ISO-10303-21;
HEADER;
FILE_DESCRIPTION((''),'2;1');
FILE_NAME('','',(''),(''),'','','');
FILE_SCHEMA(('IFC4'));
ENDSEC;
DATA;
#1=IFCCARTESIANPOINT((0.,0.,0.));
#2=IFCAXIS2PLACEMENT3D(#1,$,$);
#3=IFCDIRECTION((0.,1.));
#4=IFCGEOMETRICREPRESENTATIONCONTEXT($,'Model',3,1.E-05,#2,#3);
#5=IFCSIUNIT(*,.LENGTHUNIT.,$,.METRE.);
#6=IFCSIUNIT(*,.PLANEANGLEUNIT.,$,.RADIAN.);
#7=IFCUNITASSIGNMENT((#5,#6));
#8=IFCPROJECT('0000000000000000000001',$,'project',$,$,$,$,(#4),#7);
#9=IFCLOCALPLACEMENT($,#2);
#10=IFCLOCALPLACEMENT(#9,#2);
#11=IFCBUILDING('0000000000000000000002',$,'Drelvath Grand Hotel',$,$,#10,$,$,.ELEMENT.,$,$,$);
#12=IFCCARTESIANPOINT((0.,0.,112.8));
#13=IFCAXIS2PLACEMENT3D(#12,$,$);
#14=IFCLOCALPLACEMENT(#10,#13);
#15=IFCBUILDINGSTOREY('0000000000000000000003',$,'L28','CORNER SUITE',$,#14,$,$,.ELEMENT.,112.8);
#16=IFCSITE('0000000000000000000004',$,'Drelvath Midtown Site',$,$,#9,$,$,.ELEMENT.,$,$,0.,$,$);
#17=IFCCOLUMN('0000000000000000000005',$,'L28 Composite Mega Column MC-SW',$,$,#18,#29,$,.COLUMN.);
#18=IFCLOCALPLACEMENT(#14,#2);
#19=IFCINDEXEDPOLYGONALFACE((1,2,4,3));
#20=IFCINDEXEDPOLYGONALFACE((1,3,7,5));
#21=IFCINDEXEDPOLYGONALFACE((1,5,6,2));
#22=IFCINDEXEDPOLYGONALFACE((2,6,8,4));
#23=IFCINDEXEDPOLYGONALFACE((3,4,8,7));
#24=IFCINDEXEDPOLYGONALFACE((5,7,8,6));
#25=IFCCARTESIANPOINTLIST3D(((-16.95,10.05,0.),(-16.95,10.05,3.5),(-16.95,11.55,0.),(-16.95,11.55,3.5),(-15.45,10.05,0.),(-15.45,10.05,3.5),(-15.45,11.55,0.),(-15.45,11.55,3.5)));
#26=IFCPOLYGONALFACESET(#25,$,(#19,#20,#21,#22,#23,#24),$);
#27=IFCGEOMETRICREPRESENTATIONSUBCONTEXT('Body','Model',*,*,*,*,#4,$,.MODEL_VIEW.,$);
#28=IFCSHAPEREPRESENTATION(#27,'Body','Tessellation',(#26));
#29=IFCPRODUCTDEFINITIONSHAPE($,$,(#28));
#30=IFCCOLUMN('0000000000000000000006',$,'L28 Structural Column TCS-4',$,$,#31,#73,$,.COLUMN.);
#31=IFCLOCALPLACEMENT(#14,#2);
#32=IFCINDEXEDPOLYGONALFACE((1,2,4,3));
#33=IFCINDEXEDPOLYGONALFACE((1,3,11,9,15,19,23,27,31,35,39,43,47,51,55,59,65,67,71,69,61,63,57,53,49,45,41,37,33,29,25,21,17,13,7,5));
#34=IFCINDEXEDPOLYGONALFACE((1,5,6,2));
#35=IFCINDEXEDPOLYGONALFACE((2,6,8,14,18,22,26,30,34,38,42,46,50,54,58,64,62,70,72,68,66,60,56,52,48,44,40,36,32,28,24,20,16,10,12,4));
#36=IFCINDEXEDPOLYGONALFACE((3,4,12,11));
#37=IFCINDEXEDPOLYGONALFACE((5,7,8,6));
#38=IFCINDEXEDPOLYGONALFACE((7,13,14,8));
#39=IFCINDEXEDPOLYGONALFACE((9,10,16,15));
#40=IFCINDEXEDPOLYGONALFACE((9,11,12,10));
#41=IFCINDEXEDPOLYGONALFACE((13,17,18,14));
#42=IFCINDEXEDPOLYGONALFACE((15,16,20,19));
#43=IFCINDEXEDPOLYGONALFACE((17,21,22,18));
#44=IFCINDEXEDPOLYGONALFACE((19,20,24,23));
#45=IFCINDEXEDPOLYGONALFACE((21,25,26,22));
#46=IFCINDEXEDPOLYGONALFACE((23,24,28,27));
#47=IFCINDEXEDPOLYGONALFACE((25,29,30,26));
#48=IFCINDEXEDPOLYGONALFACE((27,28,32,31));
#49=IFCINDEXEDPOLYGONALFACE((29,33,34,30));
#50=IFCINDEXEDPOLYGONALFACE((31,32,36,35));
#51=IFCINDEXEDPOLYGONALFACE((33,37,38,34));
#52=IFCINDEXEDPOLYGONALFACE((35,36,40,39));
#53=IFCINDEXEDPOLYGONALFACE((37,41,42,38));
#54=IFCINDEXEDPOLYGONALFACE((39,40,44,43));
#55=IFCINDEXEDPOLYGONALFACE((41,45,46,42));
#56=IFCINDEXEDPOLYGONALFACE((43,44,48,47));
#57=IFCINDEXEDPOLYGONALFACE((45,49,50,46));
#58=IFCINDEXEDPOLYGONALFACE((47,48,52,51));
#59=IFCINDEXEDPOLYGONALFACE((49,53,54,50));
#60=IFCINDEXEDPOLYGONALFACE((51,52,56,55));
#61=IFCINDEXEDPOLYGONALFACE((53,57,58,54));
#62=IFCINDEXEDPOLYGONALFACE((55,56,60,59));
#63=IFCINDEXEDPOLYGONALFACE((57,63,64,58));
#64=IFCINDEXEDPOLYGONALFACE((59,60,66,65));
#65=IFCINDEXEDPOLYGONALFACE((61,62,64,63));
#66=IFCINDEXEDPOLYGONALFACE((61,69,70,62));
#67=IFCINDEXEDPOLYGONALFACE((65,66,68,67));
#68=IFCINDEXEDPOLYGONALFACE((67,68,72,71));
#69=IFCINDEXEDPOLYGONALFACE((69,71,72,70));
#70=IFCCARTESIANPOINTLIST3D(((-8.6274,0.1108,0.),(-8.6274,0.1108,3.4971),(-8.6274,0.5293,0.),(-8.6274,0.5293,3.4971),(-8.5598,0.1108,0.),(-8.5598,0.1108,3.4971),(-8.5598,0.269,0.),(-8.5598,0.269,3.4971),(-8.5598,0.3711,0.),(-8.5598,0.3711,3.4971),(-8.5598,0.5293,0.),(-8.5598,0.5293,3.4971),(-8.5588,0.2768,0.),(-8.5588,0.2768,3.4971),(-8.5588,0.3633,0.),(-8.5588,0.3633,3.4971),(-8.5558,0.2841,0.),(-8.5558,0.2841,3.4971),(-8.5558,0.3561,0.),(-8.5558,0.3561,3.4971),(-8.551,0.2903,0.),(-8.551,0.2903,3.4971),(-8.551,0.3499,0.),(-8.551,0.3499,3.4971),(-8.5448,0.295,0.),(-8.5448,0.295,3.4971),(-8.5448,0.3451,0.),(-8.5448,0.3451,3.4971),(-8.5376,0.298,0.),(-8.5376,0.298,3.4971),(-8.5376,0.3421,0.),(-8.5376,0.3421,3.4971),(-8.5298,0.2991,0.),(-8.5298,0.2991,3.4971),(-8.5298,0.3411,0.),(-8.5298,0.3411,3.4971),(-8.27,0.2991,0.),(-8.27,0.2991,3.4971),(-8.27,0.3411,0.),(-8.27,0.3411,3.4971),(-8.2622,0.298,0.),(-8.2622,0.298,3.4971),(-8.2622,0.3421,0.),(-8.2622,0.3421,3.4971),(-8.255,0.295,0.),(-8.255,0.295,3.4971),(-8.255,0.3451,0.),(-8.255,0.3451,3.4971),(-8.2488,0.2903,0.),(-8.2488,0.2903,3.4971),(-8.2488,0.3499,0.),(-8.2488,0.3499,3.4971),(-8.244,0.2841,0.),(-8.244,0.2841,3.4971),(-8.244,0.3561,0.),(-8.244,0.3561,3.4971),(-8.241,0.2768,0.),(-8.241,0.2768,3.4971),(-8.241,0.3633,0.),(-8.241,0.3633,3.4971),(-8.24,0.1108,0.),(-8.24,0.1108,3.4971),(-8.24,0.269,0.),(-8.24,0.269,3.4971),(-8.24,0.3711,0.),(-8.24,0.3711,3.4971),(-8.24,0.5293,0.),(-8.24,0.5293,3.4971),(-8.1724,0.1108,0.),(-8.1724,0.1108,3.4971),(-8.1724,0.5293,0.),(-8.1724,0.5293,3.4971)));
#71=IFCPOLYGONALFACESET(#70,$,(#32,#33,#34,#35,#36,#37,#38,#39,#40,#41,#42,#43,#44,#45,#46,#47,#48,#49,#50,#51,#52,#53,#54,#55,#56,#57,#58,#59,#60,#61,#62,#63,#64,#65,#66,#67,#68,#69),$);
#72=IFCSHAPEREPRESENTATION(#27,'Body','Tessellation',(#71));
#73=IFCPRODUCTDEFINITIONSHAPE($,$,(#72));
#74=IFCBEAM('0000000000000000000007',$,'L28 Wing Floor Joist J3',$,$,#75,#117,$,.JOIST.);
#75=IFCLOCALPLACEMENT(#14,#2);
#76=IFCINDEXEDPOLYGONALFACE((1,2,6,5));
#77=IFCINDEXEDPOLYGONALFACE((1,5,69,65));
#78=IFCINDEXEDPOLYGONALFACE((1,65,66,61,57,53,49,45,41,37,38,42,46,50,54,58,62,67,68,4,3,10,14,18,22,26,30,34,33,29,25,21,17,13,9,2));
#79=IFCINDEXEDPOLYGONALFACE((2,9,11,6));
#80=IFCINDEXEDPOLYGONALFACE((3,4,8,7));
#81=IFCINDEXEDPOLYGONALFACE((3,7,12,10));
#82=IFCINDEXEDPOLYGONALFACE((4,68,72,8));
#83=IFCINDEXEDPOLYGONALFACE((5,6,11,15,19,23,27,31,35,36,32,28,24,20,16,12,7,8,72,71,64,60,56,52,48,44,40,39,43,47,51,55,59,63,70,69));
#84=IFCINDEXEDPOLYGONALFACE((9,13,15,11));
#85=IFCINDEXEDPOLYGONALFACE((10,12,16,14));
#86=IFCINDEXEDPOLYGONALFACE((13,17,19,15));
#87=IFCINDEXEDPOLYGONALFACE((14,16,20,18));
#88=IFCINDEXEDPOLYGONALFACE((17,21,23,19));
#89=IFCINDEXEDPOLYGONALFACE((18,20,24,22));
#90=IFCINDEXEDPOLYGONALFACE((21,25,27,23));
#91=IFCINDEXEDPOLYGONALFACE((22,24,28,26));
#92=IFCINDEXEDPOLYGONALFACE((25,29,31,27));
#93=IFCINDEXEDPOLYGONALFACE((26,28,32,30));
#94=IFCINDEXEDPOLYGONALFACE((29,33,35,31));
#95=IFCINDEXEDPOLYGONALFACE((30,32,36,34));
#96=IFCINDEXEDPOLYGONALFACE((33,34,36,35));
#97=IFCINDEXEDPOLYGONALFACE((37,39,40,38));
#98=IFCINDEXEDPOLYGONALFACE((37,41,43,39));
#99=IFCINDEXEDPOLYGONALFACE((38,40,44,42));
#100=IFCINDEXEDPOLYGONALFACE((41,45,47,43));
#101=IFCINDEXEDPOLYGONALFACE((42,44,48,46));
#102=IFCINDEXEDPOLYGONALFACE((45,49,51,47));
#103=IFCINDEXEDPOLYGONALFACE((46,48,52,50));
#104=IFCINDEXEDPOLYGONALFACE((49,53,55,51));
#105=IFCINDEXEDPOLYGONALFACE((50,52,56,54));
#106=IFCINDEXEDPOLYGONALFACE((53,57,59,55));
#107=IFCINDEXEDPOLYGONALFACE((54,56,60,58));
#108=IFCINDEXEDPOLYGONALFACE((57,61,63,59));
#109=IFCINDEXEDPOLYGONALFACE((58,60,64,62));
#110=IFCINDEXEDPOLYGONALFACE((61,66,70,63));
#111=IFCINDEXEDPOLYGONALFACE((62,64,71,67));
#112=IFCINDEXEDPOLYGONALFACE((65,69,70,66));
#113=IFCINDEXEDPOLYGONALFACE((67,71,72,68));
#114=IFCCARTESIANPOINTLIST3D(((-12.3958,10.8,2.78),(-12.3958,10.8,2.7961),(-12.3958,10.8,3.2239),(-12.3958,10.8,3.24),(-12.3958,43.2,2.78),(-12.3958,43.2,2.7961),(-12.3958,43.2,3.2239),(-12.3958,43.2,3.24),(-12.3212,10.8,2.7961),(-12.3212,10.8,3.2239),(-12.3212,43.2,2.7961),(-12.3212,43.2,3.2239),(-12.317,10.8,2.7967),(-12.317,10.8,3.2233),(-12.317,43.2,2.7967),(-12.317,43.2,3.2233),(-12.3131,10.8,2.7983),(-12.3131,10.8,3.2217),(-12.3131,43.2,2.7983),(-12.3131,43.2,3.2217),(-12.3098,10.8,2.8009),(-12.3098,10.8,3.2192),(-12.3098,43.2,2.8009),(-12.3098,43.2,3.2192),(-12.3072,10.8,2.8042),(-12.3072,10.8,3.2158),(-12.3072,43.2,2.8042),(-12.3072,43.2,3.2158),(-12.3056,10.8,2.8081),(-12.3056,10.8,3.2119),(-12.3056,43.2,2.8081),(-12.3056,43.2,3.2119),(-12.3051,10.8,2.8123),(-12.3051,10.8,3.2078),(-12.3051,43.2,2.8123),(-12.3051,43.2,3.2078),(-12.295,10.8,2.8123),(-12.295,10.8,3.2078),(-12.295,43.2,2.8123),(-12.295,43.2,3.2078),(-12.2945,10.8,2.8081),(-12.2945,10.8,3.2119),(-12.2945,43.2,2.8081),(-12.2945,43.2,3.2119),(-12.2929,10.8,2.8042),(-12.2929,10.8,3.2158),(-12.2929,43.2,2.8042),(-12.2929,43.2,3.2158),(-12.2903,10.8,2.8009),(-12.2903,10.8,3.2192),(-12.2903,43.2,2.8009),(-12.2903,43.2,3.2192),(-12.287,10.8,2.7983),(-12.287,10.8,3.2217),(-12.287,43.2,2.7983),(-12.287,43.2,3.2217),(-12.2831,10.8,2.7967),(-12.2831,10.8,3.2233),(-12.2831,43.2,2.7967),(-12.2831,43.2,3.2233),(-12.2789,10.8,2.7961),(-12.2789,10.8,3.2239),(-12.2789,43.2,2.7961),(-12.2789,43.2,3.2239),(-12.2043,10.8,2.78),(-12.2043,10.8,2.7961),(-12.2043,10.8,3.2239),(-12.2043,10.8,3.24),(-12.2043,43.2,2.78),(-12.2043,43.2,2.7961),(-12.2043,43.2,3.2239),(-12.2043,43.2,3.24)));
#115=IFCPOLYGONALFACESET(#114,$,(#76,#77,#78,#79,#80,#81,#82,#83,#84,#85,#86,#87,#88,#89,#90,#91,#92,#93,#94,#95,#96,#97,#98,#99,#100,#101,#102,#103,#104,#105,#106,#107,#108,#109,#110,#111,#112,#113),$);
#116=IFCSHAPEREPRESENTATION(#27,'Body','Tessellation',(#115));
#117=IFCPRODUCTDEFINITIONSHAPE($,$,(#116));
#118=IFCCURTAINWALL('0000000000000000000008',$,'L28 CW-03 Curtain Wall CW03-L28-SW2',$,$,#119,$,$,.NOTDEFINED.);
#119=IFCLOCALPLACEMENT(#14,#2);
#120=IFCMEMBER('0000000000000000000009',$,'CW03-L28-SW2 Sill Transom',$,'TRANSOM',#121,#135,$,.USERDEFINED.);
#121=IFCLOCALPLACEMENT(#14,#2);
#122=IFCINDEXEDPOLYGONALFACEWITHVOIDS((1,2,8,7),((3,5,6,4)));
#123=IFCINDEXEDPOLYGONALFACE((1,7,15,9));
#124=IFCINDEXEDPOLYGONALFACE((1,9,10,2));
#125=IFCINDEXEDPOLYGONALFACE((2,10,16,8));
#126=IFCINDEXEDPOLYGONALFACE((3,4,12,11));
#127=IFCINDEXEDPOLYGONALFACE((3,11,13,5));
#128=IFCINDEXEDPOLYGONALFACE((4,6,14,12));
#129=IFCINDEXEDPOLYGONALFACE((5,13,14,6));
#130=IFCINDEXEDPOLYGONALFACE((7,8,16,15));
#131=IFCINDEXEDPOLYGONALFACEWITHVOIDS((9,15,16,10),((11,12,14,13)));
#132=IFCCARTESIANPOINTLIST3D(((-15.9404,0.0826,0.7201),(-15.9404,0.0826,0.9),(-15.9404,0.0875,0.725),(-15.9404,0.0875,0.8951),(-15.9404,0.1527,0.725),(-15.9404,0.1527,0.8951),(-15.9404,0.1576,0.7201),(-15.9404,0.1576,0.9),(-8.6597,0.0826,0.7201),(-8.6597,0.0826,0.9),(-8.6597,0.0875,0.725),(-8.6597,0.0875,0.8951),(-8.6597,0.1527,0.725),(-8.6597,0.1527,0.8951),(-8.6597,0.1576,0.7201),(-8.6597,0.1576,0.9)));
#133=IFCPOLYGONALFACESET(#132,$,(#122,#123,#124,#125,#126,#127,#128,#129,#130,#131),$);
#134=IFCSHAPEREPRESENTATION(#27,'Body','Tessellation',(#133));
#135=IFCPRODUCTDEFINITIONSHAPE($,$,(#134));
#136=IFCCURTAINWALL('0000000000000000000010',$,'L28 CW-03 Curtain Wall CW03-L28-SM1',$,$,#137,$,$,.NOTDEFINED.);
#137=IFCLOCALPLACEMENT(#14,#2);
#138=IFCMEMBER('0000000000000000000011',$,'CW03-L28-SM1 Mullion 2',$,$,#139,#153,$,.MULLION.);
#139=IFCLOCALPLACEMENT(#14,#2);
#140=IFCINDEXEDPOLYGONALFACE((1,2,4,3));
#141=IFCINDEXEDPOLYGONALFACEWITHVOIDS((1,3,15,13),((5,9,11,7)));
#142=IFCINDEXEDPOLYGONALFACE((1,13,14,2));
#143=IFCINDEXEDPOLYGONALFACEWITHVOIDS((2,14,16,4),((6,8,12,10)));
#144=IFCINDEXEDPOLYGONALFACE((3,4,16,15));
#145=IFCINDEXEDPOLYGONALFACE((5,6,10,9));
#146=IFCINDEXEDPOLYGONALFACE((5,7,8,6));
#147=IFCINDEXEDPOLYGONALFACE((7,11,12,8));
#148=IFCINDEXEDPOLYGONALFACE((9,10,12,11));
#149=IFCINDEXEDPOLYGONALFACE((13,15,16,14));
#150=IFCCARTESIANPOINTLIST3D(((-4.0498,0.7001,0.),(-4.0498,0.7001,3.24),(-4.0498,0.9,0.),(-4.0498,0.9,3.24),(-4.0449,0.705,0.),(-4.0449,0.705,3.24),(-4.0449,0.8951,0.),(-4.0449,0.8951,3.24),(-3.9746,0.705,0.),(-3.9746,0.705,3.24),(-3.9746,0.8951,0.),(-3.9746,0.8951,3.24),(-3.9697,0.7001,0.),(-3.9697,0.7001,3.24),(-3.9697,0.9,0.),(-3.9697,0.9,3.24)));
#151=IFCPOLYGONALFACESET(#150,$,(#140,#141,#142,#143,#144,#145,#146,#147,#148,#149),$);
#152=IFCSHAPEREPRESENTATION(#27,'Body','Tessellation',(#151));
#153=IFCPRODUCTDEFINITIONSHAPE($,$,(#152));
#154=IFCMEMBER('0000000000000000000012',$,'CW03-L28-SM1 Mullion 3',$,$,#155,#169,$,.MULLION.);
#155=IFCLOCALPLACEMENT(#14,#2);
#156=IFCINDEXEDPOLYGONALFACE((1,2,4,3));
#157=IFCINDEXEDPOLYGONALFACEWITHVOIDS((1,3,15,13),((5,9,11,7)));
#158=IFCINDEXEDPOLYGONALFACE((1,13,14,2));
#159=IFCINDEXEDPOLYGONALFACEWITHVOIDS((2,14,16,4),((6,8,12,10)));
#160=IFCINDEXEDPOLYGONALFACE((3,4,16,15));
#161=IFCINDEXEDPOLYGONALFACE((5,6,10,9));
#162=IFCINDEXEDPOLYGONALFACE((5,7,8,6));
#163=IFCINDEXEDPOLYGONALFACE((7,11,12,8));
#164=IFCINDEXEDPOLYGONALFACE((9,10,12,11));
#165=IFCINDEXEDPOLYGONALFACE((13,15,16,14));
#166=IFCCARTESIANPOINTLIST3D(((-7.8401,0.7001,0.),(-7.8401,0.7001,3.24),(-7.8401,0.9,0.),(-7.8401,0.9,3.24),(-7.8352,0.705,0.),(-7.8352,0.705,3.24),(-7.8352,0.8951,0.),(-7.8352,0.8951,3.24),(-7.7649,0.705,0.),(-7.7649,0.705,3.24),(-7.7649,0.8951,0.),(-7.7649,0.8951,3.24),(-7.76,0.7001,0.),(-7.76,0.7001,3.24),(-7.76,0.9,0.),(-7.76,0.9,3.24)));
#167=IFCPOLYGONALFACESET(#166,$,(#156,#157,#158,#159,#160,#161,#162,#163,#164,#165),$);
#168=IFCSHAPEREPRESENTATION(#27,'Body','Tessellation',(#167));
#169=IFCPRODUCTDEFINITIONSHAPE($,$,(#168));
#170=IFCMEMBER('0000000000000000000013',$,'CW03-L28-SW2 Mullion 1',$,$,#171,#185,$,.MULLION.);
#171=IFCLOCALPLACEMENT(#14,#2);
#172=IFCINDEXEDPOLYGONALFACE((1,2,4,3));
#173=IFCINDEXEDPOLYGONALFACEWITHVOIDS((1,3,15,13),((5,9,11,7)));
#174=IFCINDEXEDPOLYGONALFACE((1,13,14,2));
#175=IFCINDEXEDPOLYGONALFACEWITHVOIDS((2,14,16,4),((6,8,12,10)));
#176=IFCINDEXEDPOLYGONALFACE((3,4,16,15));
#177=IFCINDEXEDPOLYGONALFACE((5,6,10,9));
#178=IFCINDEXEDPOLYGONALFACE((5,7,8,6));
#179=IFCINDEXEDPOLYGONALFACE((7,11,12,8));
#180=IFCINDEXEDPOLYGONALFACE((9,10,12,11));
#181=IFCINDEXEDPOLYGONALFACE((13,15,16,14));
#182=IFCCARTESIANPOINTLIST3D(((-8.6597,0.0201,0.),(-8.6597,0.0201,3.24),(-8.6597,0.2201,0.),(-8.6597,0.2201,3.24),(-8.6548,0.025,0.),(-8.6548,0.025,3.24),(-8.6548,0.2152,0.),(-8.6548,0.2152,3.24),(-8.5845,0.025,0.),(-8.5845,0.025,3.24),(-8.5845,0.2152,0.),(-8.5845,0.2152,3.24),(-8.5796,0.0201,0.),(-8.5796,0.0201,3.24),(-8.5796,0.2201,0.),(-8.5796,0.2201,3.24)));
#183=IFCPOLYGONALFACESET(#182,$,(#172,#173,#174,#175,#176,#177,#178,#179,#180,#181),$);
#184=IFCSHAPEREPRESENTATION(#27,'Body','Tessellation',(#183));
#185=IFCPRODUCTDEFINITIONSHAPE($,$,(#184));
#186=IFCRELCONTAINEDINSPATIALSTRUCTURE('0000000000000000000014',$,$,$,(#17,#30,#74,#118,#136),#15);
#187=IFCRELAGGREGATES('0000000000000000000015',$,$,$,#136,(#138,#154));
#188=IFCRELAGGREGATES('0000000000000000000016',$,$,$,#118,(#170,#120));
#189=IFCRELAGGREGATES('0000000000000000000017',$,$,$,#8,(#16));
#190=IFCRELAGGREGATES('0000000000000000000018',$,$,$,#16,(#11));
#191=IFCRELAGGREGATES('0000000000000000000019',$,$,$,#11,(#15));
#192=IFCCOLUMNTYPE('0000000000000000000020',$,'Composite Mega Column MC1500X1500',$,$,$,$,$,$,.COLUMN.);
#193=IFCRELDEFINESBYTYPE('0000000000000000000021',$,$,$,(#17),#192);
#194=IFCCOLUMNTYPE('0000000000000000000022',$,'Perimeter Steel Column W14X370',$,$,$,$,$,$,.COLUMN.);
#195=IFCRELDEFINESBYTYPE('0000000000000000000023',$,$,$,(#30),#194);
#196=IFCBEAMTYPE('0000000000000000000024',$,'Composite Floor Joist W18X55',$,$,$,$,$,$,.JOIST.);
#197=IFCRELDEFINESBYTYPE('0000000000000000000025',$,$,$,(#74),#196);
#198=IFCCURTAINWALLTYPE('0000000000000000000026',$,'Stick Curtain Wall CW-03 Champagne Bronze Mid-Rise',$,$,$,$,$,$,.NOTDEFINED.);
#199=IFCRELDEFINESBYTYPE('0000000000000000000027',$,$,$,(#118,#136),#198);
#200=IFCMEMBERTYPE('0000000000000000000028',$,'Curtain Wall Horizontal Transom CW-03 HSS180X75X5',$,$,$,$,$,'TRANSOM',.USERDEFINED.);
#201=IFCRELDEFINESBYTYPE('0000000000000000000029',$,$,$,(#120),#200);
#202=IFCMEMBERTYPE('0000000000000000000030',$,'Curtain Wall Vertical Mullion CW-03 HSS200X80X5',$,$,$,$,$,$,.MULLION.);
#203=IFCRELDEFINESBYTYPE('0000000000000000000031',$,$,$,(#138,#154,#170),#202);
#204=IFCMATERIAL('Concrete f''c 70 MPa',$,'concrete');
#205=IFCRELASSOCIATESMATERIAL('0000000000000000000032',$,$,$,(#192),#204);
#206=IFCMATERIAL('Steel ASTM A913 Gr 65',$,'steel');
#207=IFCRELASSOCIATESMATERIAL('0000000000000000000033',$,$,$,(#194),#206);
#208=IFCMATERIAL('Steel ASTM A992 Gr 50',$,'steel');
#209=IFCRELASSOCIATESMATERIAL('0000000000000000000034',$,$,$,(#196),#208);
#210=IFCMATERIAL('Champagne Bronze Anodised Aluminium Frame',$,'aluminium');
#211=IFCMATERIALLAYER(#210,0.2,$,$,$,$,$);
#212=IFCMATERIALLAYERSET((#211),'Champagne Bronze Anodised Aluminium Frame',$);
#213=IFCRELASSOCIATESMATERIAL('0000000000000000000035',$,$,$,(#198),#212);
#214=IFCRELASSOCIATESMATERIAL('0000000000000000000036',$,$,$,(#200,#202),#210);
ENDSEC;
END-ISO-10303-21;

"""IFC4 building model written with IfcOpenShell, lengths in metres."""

from ifc_helpers import new_model, si_unit, direction, frame, origin, origin_2d, place, context, subcontext, project, spatial, rectangle, hollow_rectangle, i_section, extrude, material, layer, layer_set, material_profile, profile_set, type_object, element, aggregate, save


model = new_model("IFC4")

# Units and contexts
model_context = context("Model", 3, precision=1e-05, world=origin(), true_north=direction((0.0, 1.0)))
body_context = subcontext(model_context, "Body", "Model", "MODEL_VIEW")
ifc_project = project(units=[si_unit("LENGTHUNIT", "METRE"), si_unit("PLANEANGLEUNIT", "RADIAN")], contexts=[model_context])

# Site, building, storey
site_placement = place(None, origin())
site = spatial("IfcSite", under=ifc_project, at=site_placement, Name="Drelvath Midtown Site", CompositionType="ELEMENT", RefElevation=0.0)
building_placement = place(site_placement, origin())
building = spatial("IfcBuilding", under=site, at=building_placement, Name="Drelvath Grand Hotel", CompositionType="ELEMENT")
storey_placement = place(building_placement, frame((0.0, 0.0, 112.8)))
storey = spatial("IfcBuildingStorey", under=building, at=storey_placement, Name="L28", Description="CORNER SUITE", CompositionType="ELEMENT", Elevation=112.8)

# Columns
ifc_material_1 = material(Name="Concrete f'c 70 MPa", Category="concrete")
ifc_material_profile_1 = material_profile(ifc_material_1, rectangle(XDim=1.5, YDim=1.5, at=origin_2d()), Name="MC1500X1500")
ifc_profile_set_1 = profile_set([ifc_material_profile_1], Name="Concrete f'c 70 MPa")
column_type_1 = type_object("IfcColumnType", Name="Composite Mega Column MC1500X1500", PredefinedType="COLUMN", material=ifc_profile_set_1)
column_1_placement = place(storey_placement, frame((-16.2, 10.8, 0.0), z_axis=(0.0, 0.0, 1.0), x_axis=(1.0, 0.0, 0.0)))
element("IfcColumn", 1, at=column_1_placement, inside=storey, type_object=column_type_1, Name="L28 Composite Mega Column MC-SW", PredefinedType="COLUMN", context=body_context, shape_type="SweptSolid", body=[
    extrude(rectangle(XDim=1.5, YDim=1.5, at=origin_2d()), origin(), (0.0, 0.0, 1.0), 3.5),
])
ifc_material_2 = material(Name="Steel ASTM A913 Gr 65", Category="steel")
ifc_material_profile_2 = material_profile(ifc_material_2, i_section(OverallWidth=0.4185, OverallDepth=0.4551, WebThickness=0.042, FlangeThickness=0.0676, FilletRadius=0.03, at=origin_2d()), Name="W14X370")
ifc_profile_set_2 = profile_set([ifc_material_profile_2], Name="Steel ASTM A913 Gr 65")
column_type_2 = type_object("IfcColumnType", Name="Perimeter Steel Column W14X370", PredefinedType="COLUMN", material=ifc_profile_set_2)
column_2_placement = place(storey_placement, frame((-8.3999, 0.3201, 0.0), z_axis=(0.0, 0.0, 1.0), x_axis=(0.0, 1.0, 0.0)))
element("IfcColumn", 2, at=column_2_placement, inside=storey, type_object=column_type_2, Name="L28 Structural Column TCS-4", PredefinedType="COLUMN", context=body_context, shape_type="SweptSolid", body=[
    extrude(i_section(OverallWidth=0.4185, OverallDepth=0.4551, WebThickness=0.042, FlangeThickness=0.0676, FilletRadius=0.03, at=origin_2d()), origin(), (0.0, 0.0, 1.0), 3.4971),
])

# Beam
ifc_material_3 = material(Name="Steel ASTM A992 Gr 50", Category="steel")
ifc_material_profile_3 = material_profile(ifc_material_3, i_section(OverallWidth=0.1914, OverallDepth=0.46, WebThickness=0.01, FlangeThickness=0.0161, FilletRadius=0.0161, at=origin_2d()), Name="W18X55")
ifc_profile_set_3 = profile_set([ifc_material_profile_3], Name="Steel ASTM A992 Gr 50")
beam_type_1 = type_object("IfcBeamType", Name="Composite Floor Joist W18X55", PredefinedType="JOIST", material=ifc_profile_set_3)
beam_1_placement = place(storey_placement, frame((-12.3, 10.8, 3.01), z_axis=(0.0, 1.0, 0.0), x_axis=(-1.0, 0.0, 0.0)))
element("IfcBeam", 3, at=beam_1_placement, inside=storey, type_object=beam_type_1, Name="L28 Wing Floor Joist J3", PredefinedType="JOIST", context=body_context, shape_type="SweptSolid", body=[
    extrude(i_section(OverallWidth=0.1914, OverallDepth=0.46, WebThickness=0.01, FlangeThickness=0.0161, FilletRadius=0.0161, at=origin_2d()), origin(), (0.0, 0.0, 1.0), 32.3999),
])

# Curtain wall, member
ifc_material_4 = material(Name="Champagne Bronze Anodised Aluminium Frame", Category="aluminium")
ifc_layer_1 = layer(ifc_material_4, 0.2)
ifc_layer_set_1 = layer_set([ifc_layer_1], Name="Champagne Bronze Anodised Aluminium Frame")
curtain_wall_type = type_object("IfcCurtainWallType", Name="Stick Curtain Wall CW-03 Champagne Bronze Mid-Rise", PredefinedType="NOTDEFINED", material=ifc_layer_set_1)
curtain_wall_1_placement = place(storey_placement, origin())
curtain_wall_1 = element("IfcCurtainWall", 4, at=curtain_wall_1_placement, inside=storey, type_object=curtain_wall_type, Name="L28 CW-03 Curtain Wall CW03-L28-SW2", PredefinedType="NOTDEFINED")
ifc_material_profile_4 = material_profile(ifc_material_4, hollow_rectangle(XDim=0.075, YDim=0.1799, WallThickness=0.0049, at=origin_2d()), Name="HSS180X75X5")
ifc_profile_set_4 = profile_set([ifc_material_profile_4], Name="Champagne Bronze Anodised Aluminium Frame")
member_type_1 = type_object("IfcMemberType", Name="Curtain Wall Horizontal Transom CW-03 HSS180X75X5", ElementType="TRANSOM", PredefinedType="USERDEFINED", material=ifc_profile_set_4)
member_1_placement = place(storey_placement, frame((-8.6597, 0.1201, 0.8101), z_axis=(-1.0, 0.0, 0.0), x_axis=(0.0, -1.0, 0.0)))
member_1 = element("IfcMember", 5, at=member_1_placement, type_object=member_type_1, Name="CW03-L28-SW2 Sill Transom", ObjectType="TRANSOM", PredefinedType="USERDEFINED", context=body_context, shape_type="SweptSolid", body=[
    extrude(hollow_rectangle(XDim=0.075, YDim=0.1799, WallThickness=0.0049, at=origin_2d()), origin(), (0.0, 0.0, 1.0), 7.2808),
])

# Curtain wall, members
curtain_wall_2_placement = place(storey_placement, origin())
curtain_wall_2 = element("IfcCurtainWall", 6, at=curtain_wall_2_placement, inside=storey, type_object=curtain_wall_type, Name="L28 CW-03 Curtain Wall CW03-L28-SM1", PredefinedType="NOTDEFINED")
ifc_material_profile_5 = material_profile(ifc_material_4, hollow_rectangle(XDim=0.0801, YDim=0.2, WallThickness=0.0049, at=origin_2d()), Name="HSS200X80X5")
ifc_profile_set_5 = profile_set([ifc_material_profile_5], Name="Champagne Bronze Anodised Aluminium Frame")
member_type_2 = type_object("IfcMemberType", Name="Curtain Wall Vertical Mullion CW-03 HSS200X80X5", PredefinedType="MULLION", material=ifc_profile_set_5)
member_2_placement = place(storey_placement, frame((-4.0098, 0.8, 0.0), z_axis=(0.0, 0.0, 1.0), x_axis=(1.0, 0.0, 0.0)))
member_2 = element("IfcMember", 7, at=member_2_placement, type_object=member_type_2, Name="CW03-L28-SM1 Mullion 2", PredefinedType="MULLION", context=body_context, shape_type="SweptSolid", body=[
    extrude(hollow_rectangle(XDim=0.0801, YDim=0.2, WallThickness=0.0049, at=origin_2d()), origin(), (0.0, 0.0, 1.0), 3.24),
])
member_3_placement = place(storey_placement, frame((-7.8, 0.8, 0.0), z_axis=(0.0, 0.0, 1.0), x_axis=(1.0, 0.0, 0.0)))
member_3 = element("IfcMember", 8, at=member_3_placement, type_object=member_type_2, Name="CW03-L28-SM1 Mullion 3", PredefinedType="MULLION", context=body_context, shape_type="SweptSolid", body=[
    extrude(hollow_rectangle(XDim=0.0801, YDim=0.2, WallThickness=0.0049, at=origin_2d()), origin(), (0.0, 0.0, 1.0), 3.24),
])

# Member
member_4_placement = place(storey_placement, frame((-8.6196, 0.1201, 0.0), z_axis=(0.0, 0.0, 1.0), x_axis=(1.0, 0.0, 0.0)))
member_4 = element("IfcMember", 9, at=member_4_placement, type_object=member_type_2, Name="CW03-L28-SW2 Mullion 1", PredefinedType="MULLION", context=body_context, shape_type="SweptSolid", body=[
    extrude(hollow_rectangle(XDim=0.0801, YDim=0.2, WallThickness=0.0049, at=origin_2d()), origin(), (0.0, 0.0, 1.0), 3.24),
])

aggregate(curtain_wall_2, [member_2, member_3])
aggregate(curtain_wall_1, [member_4, member_1])

save(model, "model.ifc")
